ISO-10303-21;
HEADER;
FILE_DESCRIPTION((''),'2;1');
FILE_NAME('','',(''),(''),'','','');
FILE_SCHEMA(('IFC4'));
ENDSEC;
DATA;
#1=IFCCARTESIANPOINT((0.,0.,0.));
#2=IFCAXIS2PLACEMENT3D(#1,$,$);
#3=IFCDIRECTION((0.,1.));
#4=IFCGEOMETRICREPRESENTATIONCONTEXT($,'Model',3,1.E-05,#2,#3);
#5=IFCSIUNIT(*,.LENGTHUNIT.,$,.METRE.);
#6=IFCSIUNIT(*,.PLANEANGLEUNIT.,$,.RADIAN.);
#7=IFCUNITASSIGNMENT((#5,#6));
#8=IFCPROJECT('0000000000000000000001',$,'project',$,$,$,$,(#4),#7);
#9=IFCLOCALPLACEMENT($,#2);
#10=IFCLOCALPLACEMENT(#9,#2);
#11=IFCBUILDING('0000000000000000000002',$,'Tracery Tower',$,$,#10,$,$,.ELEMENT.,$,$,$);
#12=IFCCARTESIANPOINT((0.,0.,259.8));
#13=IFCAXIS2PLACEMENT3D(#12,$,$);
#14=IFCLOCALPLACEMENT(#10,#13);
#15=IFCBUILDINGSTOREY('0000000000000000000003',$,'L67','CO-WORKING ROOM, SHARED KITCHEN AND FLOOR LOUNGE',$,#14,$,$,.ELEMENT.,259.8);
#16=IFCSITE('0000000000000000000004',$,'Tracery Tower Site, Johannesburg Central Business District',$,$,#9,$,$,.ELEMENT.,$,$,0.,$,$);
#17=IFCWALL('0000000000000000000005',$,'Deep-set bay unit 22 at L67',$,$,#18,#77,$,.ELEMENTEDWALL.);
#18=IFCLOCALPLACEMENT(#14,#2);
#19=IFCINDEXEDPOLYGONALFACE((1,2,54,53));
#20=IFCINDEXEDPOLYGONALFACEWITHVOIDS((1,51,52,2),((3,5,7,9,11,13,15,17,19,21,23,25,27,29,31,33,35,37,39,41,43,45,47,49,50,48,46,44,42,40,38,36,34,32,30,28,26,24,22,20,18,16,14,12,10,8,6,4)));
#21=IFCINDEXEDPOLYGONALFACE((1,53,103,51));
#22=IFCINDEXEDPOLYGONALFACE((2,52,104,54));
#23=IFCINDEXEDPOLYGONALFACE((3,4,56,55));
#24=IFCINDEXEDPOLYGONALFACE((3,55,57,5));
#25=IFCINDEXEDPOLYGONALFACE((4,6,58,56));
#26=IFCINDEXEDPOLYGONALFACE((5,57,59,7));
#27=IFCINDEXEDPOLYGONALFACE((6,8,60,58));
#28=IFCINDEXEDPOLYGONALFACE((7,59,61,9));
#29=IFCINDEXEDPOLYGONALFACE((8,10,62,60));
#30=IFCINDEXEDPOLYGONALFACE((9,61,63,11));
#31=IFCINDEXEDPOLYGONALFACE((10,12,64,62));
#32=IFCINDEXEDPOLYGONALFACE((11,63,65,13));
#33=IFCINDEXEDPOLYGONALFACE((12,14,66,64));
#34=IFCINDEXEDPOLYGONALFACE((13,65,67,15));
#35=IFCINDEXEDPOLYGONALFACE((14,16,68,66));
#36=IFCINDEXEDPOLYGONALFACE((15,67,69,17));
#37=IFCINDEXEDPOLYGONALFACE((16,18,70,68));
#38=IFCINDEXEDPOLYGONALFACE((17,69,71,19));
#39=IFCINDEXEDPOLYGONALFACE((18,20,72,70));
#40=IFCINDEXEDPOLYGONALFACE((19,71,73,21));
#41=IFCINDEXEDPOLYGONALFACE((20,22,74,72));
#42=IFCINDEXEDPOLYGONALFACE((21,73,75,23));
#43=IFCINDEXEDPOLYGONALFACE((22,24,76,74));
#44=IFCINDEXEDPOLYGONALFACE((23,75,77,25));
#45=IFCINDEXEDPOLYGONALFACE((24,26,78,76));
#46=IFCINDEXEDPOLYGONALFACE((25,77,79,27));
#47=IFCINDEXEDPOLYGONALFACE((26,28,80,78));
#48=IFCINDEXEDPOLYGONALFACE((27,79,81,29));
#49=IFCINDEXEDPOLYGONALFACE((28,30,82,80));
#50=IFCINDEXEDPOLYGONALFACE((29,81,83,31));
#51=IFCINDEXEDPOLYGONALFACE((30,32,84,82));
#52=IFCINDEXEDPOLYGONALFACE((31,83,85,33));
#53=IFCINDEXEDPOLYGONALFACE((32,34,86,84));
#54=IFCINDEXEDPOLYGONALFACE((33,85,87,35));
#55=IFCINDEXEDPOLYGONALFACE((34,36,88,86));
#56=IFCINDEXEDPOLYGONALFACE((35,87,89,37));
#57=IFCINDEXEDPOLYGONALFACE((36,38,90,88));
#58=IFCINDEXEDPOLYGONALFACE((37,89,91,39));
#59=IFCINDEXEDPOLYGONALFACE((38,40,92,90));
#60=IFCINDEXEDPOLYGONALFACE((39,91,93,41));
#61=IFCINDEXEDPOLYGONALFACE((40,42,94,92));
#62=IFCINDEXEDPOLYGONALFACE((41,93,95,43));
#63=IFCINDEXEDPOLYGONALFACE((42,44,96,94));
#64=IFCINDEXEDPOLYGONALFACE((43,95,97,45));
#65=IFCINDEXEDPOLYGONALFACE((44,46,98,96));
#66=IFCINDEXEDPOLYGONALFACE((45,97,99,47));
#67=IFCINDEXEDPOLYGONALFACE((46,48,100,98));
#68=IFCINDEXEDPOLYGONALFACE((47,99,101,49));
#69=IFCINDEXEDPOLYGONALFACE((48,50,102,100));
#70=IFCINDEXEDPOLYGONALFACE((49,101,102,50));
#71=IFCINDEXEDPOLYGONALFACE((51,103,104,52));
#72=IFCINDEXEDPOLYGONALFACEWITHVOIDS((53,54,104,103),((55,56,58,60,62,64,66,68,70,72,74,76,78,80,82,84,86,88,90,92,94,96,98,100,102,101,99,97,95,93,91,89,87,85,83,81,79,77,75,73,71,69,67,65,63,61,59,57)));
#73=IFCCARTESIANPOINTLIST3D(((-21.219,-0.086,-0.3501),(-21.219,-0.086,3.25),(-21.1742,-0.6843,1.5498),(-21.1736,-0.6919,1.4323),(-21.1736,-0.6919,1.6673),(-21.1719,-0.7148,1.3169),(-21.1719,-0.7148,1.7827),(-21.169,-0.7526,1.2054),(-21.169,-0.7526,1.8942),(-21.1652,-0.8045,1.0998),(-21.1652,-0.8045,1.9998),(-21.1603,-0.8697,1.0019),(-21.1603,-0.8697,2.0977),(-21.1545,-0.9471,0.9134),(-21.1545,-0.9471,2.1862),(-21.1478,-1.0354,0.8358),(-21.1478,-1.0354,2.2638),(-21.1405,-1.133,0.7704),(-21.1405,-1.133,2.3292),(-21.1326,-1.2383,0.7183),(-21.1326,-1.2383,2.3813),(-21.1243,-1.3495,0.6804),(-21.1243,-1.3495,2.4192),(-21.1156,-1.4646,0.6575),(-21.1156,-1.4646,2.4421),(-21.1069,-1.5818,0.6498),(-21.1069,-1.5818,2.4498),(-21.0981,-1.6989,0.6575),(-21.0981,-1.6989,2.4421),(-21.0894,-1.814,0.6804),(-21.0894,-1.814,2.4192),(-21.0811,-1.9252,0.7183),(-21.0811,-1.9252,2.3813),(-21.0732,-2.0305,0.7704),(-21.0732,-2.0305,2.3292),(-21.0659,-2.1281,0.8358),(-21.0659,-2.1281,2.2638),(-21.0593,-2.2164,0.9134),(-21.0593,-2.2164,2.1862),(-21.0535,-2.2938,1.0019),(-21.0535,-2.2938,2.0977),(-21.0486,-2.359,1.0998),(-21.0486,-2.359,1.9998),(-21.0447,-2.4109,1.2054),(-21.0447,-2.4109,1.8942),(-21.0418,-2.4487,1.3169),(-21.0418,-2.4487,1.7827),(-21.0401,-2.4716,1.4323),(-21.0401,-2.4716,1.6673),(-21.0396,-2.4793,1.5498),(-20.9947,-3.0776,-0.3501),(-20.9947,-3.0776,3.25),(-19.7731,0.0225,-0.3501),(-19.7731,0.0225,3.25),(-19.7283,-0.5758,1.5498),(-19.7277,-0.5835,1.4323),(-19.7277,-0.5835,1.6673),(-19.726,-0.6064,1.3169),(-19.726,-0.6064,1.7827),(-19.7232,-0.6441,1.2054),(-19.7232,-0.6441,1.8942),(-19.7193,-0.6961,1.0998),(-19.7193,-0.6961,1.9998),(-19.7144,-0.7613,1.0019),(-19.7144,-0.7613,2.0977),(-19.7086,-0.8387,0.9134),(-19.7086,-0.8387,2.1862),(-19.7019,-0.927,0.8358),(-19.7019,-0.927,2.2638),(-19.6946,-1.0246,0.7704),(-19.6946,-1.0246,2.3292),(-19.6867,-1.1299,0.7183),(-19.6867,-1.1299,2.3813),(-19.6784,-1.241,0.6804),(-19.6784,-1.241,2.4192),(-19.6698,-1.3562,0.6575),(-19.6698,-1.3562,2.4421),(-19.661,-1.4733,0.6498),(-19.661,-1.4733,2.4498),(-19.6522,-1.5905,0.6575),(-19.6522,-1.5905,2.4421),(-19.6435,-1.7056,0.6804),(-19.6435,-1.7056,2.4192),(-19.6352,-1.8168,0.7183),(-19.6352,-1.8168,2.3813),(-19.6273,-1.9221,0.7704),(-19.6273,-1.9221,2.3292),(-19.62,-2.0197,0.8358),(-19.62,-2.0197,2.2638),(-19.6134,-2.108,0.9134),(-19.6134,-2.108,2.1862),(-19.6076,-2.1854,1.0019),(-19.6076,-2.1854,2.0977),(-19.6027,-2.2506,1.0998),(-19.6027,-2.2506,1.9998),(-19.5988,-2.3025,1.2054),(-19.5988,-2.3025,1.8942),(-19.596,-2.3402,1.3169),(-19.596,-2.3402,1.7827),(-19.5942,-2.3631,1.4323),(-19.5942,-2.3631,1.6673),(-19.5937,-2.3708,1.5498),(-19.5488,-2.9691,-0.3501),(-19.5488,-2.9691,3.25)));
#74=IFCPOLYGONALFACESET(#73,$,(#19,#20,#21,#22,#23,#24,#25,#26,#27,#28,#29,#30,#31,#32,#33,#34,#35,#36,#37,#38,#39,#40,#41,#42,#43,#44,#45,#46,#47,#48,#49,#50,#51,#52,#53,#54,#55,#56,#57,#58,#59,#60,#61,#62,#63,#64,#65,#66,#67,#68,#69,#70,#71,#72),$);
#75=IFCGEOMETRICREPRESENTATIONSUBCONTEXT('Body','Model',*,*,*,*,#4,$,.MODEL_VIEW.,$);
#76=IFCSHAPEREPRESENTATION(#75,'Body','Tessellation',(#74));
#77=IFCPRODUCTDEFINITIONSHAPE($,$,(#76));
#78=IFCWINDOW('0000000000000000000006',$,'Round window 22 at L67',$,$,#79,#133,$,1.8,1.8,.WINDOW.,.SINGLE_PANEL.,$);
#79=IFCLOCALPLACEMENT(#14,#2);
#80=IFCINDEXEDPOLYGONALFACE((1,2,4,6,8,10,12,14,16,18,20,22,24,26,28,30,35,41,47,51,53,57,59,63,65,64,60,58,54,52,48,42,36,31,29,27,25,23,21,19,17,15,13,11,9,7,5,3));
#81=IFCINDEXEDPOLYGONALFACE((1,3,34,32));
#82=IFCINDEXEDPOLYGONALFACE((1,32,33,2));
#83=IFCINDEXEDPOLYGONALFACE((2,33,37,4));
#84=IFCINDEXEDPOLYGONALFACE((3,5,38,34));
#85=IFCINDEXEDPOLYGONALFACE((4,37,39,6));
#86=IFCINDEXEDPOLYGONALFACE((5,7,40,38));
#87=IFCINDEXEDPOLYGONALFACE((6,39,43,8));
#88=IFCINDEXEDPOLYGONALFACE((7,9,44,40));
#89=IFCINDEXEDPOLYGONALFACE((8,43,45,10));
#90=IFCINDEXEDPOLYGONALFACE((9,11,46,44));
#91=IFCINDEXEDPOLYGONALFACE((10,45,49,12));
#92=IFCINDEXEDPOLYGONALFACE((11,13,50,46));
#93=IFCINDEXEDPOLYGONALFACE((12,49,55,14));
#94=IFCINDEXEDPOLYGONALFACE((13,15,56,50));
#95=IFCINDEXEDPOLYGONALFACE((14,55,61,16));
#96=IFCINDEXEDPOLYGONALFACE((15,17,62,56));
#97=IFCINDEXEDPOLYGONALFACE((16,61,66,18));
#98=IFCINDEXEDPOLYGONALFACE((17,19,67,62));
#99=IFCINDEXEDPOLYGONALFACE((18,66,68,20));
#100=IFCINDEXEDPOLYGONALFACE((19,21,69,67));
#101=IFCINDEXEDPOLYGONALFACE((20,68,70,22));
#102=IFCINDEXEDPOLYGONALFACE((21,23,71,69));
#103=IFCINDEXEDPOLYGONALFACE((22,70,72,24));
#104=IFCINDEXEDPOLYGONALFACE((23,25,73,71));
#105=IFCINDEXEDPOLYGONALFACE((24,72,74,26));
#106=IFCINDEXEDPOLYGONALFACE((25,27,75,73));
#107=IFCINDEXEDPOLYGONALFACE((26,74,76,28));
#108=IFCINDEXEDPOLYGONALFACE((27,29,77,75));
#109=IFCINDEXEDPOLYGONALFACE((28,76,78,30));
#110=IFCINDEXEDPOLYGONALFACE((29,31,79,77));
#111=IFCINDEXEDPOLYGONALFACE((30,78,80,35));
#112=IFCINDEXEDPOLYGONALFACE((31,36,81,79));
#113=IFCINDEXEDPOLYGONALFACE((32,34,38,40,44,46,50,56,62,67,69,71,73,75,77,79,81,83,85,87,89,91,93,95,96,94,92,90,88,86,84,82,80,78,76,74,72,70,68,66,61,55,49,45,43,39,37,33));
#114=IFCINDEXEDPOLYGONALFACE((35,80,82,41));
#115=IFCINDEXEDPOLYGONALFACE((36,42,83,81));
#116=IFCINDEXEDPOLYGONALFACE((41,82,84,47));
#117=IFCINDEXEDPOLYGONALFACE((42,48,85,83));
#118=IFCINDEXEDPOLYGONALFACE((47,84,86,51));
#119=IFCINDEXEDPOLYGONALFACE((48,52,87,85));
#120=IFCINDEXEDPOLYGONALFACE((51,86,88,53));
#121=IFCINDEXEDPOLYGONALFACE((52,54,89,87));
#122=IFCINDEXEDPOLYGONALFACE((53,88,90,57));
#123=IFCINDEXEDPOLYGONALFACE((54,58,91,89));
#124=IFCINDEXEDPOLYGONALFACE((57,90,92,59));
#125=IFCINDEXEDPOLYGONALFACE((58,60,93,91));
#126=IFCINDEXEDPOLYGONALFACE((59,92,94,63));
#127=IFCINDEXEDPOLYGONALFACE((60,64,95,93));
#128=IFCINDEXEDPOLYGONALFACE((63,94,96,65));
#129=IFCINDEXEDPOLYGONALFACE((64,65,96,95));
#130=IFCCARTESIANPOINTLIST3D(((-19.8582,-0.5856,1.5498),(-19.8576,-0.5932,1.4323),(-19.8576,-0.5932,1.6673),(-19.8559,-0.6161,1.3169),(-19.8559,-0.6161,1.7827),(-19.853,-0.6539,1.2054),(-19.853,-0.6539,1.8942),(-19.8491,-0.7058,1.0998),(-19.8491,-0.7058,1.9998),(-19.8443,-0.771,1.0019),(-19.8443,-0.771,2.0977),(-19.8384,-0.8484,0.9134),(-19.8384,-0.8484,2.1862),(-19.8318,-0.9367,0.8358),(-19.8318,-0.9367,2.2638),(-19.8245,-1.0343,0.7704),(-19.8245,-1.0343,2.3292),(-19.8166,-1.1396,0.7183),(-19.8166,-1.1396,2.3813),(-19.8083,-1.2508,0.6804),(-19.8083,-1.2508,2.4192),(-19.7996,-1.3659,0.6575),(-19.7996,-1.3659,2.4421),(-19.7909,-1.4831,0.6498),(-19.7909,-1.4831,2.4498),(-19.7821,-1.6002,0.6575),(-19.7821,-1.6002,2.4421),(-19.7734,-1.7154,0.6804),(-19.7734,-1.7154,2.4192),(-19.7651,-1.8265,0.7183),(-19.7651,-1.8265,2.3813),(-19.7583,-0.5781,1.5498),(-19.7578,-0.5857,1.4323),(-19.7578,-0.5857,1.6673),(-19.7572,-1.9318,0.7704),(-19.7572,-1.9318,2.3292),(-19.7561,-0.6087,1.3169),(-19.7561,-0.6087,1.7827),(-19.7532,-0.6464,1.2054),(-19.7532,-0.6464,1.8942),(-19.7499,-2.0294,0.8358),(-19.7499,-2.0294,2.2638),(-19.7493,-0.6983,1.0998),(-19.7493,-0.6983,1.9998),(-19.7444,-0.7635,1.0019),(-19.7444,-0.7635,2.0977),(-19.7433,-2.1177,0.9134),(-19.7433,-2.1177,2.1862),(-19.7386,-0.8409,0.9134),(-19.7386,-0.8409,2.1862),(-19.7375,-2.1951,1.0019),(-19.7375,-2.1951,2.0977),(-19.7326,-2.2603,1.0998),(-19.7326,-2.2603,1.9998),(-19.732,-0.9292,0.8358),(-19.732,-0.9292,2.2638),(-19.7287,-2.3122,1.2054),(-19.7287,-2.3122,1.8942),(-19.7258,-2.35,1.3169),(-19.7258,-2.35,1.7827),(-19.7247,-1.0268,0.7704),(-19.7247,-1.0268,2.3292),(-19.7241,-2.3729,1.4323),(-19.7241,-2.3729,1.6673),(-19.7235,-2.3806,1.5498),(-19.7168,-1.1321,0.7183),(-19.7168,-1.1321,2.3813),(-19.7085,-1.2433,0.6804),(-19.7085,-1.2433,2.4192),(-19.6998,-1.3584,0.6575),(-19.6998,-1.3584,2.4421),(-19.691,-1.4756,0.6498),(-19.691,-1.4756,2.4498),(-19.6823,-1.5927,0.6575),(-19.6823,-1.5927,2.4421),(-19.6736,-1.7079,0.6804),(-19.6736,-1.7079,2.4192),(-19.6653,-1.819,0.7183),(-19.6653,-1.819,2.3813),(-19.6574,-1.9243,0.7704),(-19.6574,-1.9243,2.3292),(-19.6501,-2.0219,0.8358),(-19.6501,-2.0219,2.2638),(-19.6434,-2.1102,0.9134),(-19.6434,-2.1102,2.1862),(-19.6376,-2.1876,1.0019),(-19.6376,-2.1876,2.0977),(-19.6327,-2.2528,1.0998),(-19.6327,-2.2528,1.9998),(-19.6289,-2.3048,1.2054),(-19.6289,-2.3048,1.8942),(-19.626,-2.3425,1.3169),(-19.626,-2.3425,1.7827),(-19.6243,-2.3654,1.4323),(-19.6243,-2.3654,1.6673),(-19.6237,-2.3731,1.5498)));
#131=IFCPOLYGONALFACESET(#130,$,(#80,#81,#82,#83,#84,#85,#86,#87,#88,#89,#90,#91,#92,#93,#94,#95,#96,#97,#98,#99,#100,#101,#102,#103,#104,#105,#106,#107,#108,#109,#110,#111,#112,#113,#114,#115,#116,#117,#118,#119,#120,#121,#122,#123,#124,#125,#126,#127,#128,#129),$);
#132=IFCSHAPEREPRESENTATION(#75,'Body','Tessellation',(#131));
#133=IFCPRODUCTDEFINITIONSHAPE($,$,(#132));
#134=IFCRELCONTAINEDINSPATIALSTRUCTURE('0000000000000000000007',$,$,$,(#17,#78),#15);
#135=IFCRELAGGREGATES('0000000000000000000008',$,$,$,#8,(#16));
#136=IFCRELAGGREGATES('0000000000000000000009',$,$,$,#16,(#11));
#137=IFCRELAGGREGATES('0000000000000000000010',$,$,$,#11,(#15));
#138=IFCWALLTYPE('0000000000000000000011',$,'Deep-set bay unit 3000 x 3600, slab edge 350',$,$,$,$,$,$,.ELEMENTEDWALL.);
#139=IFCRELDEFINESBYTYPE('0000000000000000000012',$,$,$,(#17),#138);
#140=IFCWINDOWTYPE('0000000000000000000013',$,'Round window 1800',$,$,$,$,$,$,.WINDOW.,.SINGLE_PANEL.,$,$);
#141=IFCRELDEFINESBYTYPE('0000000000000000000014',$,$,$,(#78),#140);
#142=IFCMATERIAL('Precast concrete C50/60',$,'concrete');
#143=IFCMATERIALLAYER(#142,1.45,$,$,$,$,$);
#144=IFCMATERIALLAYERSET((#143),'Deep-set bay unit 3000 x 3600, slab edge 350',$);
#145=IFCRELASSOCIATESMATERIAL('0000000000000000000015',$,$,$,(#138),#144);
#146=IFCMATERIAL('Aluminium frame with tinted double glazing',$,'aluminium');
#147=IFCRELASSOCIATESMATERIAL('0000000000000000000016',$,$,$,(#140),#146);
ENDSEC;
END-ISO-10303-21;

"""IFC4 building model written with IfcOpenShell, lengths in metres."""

from ifc_helpers import new_model, si_unit, direction, frame, frame_2d, origin, origin_2d, place, context, subcontext, project, spatial, rectangle, circle, extrude, material, layer, layer_set, type_object, element, fill, save


model = new_model("IFC4")

# Units and contexts
model_context = context("Model", 3, precision=1e-05, world=origin(), true_north=direction((0.0, 1.0)))
body_context = subcontext(model_context, "Body", "Model", "MODEL_VIEW")
ifc_project = project(units=[si_unit("LENGTHUNIT", "METRE"), si_unit("PLANEANGLEUNIT", "RADIAN")], contexts=[model_context])

# Site, building, storey
site_placement = place(None, origin())
site = spatial("IfcSite", under=ifc_project, at=site_placement, Name="Tracery Tower Site, Johannesburg Central Business District", CompositionType="ELEMENT", RefElevation=0.0)
building_placement = place(site_placement, origin())
building = spatial("IfcBuilding", under=site, at=building_placement, Name="Tracery Tower", CompositionType="ELEMENT")
storey_placement = place(building_placement, frame((0.0, 0.0, 259.8)))
storey = spatial("IfcBuildingStorey", under=building, at=storey_placement, Name="L67", Description="CO-WORKING ROOM, SHARED KITCHEN AND FLOOR LOUNGE", CompositionType="ELEMENT", Elevation=259.8)

# Wall, opening, window
ifc_material_1 = material(Name="Precast concrete C50/60", Category="concrete")
ifc_layer_1 = layer(ifc_material_1, 1.45)
ifc_layer_set_1 = layer_set([ifc_layer_1], Name="Deep-set bay unit 3000 x 3600, slab edge 350")
wall_type_1 = type_object("IfcWallType", Name="Deep-set bay unit 3000 x 3600, slab edge 350", PredefinedType="ELEMENTEDWALL", material=ifc_layer_set_1)
wall_1_placement = place(storey_placement, frame((-20.4961, -0.0317, -0.3501), z_axis=(0.0, 0.0, 1.0), x_axis=(0.074786, -0.9972, 0.0)))
wall_1 = element("IfcWall", 1, at=wall_1_placement, inside=storey, type_object=wall_type_1, Name="Deep-set bay unit 22 at L67", PredefinedType="ELEMENTEDWALL", context=body_context, shape_type="SweptSolid", body=[
    extrude(rectangle(XDim=3.0, YDim=1.45, at=frame_2d((1.5, 0.0))), origin(), (0.0, 0.0, 1.0), 3.6001),
])
opening_1_placement = place(wall_1_placement, frame((1.5, 0.0, 1.8999)))
opening_1 = element("IfcOpeningElement", 2, at=opening_1_placement, cuts=wall_1, PredefinedType="OPENING", context=body_context, shape_type="SweptSolid", body=[
    extrude(circle(Radius=0.9, at=origin_2d()), frame((0.0, 0.7349, 0.0), z_axis=(0.0, -1.0, 0.0), x_axis=(1.0, 0.0, 0.0)), (0.0, 0.0, 1.0), 1.47),
])
ifc_material_2 = material(Name="Aluminium frame with tinted double glazing", Category="aluminium")
window_type = type_object("IfcWindowType", Name="Round window 1800", PartitioningType="SINGLE_PANEL", PredefinedType="WINDOW", material=ifc_material_2)
window_1_placement = place(opening_1_placement, origin())
window_1 = element("IfcWindow", 3, at=window_1_placement, inside=storey, type_object=window_type, Name="Round window 22 at L67", OverallHeight=1.8, OverallWidth=1.8, PartitioningType="SINGLE_PANEL", PredefinedType="WINDOW", context=body_context, shape_type="SweptSolid", body=[
    extrude(circle(Radius=0.9, at=origin_2d()), frame((0.0, 0.6948, 0.0), z_axis=(0.0, -1.0, 0.0), x_axis=(1.0, 0.0, 0.0)), (0.0, 0.0, 1.0), 0.1001),
])
fill(opening_1, window_1)

save(model, "model.ifc")
